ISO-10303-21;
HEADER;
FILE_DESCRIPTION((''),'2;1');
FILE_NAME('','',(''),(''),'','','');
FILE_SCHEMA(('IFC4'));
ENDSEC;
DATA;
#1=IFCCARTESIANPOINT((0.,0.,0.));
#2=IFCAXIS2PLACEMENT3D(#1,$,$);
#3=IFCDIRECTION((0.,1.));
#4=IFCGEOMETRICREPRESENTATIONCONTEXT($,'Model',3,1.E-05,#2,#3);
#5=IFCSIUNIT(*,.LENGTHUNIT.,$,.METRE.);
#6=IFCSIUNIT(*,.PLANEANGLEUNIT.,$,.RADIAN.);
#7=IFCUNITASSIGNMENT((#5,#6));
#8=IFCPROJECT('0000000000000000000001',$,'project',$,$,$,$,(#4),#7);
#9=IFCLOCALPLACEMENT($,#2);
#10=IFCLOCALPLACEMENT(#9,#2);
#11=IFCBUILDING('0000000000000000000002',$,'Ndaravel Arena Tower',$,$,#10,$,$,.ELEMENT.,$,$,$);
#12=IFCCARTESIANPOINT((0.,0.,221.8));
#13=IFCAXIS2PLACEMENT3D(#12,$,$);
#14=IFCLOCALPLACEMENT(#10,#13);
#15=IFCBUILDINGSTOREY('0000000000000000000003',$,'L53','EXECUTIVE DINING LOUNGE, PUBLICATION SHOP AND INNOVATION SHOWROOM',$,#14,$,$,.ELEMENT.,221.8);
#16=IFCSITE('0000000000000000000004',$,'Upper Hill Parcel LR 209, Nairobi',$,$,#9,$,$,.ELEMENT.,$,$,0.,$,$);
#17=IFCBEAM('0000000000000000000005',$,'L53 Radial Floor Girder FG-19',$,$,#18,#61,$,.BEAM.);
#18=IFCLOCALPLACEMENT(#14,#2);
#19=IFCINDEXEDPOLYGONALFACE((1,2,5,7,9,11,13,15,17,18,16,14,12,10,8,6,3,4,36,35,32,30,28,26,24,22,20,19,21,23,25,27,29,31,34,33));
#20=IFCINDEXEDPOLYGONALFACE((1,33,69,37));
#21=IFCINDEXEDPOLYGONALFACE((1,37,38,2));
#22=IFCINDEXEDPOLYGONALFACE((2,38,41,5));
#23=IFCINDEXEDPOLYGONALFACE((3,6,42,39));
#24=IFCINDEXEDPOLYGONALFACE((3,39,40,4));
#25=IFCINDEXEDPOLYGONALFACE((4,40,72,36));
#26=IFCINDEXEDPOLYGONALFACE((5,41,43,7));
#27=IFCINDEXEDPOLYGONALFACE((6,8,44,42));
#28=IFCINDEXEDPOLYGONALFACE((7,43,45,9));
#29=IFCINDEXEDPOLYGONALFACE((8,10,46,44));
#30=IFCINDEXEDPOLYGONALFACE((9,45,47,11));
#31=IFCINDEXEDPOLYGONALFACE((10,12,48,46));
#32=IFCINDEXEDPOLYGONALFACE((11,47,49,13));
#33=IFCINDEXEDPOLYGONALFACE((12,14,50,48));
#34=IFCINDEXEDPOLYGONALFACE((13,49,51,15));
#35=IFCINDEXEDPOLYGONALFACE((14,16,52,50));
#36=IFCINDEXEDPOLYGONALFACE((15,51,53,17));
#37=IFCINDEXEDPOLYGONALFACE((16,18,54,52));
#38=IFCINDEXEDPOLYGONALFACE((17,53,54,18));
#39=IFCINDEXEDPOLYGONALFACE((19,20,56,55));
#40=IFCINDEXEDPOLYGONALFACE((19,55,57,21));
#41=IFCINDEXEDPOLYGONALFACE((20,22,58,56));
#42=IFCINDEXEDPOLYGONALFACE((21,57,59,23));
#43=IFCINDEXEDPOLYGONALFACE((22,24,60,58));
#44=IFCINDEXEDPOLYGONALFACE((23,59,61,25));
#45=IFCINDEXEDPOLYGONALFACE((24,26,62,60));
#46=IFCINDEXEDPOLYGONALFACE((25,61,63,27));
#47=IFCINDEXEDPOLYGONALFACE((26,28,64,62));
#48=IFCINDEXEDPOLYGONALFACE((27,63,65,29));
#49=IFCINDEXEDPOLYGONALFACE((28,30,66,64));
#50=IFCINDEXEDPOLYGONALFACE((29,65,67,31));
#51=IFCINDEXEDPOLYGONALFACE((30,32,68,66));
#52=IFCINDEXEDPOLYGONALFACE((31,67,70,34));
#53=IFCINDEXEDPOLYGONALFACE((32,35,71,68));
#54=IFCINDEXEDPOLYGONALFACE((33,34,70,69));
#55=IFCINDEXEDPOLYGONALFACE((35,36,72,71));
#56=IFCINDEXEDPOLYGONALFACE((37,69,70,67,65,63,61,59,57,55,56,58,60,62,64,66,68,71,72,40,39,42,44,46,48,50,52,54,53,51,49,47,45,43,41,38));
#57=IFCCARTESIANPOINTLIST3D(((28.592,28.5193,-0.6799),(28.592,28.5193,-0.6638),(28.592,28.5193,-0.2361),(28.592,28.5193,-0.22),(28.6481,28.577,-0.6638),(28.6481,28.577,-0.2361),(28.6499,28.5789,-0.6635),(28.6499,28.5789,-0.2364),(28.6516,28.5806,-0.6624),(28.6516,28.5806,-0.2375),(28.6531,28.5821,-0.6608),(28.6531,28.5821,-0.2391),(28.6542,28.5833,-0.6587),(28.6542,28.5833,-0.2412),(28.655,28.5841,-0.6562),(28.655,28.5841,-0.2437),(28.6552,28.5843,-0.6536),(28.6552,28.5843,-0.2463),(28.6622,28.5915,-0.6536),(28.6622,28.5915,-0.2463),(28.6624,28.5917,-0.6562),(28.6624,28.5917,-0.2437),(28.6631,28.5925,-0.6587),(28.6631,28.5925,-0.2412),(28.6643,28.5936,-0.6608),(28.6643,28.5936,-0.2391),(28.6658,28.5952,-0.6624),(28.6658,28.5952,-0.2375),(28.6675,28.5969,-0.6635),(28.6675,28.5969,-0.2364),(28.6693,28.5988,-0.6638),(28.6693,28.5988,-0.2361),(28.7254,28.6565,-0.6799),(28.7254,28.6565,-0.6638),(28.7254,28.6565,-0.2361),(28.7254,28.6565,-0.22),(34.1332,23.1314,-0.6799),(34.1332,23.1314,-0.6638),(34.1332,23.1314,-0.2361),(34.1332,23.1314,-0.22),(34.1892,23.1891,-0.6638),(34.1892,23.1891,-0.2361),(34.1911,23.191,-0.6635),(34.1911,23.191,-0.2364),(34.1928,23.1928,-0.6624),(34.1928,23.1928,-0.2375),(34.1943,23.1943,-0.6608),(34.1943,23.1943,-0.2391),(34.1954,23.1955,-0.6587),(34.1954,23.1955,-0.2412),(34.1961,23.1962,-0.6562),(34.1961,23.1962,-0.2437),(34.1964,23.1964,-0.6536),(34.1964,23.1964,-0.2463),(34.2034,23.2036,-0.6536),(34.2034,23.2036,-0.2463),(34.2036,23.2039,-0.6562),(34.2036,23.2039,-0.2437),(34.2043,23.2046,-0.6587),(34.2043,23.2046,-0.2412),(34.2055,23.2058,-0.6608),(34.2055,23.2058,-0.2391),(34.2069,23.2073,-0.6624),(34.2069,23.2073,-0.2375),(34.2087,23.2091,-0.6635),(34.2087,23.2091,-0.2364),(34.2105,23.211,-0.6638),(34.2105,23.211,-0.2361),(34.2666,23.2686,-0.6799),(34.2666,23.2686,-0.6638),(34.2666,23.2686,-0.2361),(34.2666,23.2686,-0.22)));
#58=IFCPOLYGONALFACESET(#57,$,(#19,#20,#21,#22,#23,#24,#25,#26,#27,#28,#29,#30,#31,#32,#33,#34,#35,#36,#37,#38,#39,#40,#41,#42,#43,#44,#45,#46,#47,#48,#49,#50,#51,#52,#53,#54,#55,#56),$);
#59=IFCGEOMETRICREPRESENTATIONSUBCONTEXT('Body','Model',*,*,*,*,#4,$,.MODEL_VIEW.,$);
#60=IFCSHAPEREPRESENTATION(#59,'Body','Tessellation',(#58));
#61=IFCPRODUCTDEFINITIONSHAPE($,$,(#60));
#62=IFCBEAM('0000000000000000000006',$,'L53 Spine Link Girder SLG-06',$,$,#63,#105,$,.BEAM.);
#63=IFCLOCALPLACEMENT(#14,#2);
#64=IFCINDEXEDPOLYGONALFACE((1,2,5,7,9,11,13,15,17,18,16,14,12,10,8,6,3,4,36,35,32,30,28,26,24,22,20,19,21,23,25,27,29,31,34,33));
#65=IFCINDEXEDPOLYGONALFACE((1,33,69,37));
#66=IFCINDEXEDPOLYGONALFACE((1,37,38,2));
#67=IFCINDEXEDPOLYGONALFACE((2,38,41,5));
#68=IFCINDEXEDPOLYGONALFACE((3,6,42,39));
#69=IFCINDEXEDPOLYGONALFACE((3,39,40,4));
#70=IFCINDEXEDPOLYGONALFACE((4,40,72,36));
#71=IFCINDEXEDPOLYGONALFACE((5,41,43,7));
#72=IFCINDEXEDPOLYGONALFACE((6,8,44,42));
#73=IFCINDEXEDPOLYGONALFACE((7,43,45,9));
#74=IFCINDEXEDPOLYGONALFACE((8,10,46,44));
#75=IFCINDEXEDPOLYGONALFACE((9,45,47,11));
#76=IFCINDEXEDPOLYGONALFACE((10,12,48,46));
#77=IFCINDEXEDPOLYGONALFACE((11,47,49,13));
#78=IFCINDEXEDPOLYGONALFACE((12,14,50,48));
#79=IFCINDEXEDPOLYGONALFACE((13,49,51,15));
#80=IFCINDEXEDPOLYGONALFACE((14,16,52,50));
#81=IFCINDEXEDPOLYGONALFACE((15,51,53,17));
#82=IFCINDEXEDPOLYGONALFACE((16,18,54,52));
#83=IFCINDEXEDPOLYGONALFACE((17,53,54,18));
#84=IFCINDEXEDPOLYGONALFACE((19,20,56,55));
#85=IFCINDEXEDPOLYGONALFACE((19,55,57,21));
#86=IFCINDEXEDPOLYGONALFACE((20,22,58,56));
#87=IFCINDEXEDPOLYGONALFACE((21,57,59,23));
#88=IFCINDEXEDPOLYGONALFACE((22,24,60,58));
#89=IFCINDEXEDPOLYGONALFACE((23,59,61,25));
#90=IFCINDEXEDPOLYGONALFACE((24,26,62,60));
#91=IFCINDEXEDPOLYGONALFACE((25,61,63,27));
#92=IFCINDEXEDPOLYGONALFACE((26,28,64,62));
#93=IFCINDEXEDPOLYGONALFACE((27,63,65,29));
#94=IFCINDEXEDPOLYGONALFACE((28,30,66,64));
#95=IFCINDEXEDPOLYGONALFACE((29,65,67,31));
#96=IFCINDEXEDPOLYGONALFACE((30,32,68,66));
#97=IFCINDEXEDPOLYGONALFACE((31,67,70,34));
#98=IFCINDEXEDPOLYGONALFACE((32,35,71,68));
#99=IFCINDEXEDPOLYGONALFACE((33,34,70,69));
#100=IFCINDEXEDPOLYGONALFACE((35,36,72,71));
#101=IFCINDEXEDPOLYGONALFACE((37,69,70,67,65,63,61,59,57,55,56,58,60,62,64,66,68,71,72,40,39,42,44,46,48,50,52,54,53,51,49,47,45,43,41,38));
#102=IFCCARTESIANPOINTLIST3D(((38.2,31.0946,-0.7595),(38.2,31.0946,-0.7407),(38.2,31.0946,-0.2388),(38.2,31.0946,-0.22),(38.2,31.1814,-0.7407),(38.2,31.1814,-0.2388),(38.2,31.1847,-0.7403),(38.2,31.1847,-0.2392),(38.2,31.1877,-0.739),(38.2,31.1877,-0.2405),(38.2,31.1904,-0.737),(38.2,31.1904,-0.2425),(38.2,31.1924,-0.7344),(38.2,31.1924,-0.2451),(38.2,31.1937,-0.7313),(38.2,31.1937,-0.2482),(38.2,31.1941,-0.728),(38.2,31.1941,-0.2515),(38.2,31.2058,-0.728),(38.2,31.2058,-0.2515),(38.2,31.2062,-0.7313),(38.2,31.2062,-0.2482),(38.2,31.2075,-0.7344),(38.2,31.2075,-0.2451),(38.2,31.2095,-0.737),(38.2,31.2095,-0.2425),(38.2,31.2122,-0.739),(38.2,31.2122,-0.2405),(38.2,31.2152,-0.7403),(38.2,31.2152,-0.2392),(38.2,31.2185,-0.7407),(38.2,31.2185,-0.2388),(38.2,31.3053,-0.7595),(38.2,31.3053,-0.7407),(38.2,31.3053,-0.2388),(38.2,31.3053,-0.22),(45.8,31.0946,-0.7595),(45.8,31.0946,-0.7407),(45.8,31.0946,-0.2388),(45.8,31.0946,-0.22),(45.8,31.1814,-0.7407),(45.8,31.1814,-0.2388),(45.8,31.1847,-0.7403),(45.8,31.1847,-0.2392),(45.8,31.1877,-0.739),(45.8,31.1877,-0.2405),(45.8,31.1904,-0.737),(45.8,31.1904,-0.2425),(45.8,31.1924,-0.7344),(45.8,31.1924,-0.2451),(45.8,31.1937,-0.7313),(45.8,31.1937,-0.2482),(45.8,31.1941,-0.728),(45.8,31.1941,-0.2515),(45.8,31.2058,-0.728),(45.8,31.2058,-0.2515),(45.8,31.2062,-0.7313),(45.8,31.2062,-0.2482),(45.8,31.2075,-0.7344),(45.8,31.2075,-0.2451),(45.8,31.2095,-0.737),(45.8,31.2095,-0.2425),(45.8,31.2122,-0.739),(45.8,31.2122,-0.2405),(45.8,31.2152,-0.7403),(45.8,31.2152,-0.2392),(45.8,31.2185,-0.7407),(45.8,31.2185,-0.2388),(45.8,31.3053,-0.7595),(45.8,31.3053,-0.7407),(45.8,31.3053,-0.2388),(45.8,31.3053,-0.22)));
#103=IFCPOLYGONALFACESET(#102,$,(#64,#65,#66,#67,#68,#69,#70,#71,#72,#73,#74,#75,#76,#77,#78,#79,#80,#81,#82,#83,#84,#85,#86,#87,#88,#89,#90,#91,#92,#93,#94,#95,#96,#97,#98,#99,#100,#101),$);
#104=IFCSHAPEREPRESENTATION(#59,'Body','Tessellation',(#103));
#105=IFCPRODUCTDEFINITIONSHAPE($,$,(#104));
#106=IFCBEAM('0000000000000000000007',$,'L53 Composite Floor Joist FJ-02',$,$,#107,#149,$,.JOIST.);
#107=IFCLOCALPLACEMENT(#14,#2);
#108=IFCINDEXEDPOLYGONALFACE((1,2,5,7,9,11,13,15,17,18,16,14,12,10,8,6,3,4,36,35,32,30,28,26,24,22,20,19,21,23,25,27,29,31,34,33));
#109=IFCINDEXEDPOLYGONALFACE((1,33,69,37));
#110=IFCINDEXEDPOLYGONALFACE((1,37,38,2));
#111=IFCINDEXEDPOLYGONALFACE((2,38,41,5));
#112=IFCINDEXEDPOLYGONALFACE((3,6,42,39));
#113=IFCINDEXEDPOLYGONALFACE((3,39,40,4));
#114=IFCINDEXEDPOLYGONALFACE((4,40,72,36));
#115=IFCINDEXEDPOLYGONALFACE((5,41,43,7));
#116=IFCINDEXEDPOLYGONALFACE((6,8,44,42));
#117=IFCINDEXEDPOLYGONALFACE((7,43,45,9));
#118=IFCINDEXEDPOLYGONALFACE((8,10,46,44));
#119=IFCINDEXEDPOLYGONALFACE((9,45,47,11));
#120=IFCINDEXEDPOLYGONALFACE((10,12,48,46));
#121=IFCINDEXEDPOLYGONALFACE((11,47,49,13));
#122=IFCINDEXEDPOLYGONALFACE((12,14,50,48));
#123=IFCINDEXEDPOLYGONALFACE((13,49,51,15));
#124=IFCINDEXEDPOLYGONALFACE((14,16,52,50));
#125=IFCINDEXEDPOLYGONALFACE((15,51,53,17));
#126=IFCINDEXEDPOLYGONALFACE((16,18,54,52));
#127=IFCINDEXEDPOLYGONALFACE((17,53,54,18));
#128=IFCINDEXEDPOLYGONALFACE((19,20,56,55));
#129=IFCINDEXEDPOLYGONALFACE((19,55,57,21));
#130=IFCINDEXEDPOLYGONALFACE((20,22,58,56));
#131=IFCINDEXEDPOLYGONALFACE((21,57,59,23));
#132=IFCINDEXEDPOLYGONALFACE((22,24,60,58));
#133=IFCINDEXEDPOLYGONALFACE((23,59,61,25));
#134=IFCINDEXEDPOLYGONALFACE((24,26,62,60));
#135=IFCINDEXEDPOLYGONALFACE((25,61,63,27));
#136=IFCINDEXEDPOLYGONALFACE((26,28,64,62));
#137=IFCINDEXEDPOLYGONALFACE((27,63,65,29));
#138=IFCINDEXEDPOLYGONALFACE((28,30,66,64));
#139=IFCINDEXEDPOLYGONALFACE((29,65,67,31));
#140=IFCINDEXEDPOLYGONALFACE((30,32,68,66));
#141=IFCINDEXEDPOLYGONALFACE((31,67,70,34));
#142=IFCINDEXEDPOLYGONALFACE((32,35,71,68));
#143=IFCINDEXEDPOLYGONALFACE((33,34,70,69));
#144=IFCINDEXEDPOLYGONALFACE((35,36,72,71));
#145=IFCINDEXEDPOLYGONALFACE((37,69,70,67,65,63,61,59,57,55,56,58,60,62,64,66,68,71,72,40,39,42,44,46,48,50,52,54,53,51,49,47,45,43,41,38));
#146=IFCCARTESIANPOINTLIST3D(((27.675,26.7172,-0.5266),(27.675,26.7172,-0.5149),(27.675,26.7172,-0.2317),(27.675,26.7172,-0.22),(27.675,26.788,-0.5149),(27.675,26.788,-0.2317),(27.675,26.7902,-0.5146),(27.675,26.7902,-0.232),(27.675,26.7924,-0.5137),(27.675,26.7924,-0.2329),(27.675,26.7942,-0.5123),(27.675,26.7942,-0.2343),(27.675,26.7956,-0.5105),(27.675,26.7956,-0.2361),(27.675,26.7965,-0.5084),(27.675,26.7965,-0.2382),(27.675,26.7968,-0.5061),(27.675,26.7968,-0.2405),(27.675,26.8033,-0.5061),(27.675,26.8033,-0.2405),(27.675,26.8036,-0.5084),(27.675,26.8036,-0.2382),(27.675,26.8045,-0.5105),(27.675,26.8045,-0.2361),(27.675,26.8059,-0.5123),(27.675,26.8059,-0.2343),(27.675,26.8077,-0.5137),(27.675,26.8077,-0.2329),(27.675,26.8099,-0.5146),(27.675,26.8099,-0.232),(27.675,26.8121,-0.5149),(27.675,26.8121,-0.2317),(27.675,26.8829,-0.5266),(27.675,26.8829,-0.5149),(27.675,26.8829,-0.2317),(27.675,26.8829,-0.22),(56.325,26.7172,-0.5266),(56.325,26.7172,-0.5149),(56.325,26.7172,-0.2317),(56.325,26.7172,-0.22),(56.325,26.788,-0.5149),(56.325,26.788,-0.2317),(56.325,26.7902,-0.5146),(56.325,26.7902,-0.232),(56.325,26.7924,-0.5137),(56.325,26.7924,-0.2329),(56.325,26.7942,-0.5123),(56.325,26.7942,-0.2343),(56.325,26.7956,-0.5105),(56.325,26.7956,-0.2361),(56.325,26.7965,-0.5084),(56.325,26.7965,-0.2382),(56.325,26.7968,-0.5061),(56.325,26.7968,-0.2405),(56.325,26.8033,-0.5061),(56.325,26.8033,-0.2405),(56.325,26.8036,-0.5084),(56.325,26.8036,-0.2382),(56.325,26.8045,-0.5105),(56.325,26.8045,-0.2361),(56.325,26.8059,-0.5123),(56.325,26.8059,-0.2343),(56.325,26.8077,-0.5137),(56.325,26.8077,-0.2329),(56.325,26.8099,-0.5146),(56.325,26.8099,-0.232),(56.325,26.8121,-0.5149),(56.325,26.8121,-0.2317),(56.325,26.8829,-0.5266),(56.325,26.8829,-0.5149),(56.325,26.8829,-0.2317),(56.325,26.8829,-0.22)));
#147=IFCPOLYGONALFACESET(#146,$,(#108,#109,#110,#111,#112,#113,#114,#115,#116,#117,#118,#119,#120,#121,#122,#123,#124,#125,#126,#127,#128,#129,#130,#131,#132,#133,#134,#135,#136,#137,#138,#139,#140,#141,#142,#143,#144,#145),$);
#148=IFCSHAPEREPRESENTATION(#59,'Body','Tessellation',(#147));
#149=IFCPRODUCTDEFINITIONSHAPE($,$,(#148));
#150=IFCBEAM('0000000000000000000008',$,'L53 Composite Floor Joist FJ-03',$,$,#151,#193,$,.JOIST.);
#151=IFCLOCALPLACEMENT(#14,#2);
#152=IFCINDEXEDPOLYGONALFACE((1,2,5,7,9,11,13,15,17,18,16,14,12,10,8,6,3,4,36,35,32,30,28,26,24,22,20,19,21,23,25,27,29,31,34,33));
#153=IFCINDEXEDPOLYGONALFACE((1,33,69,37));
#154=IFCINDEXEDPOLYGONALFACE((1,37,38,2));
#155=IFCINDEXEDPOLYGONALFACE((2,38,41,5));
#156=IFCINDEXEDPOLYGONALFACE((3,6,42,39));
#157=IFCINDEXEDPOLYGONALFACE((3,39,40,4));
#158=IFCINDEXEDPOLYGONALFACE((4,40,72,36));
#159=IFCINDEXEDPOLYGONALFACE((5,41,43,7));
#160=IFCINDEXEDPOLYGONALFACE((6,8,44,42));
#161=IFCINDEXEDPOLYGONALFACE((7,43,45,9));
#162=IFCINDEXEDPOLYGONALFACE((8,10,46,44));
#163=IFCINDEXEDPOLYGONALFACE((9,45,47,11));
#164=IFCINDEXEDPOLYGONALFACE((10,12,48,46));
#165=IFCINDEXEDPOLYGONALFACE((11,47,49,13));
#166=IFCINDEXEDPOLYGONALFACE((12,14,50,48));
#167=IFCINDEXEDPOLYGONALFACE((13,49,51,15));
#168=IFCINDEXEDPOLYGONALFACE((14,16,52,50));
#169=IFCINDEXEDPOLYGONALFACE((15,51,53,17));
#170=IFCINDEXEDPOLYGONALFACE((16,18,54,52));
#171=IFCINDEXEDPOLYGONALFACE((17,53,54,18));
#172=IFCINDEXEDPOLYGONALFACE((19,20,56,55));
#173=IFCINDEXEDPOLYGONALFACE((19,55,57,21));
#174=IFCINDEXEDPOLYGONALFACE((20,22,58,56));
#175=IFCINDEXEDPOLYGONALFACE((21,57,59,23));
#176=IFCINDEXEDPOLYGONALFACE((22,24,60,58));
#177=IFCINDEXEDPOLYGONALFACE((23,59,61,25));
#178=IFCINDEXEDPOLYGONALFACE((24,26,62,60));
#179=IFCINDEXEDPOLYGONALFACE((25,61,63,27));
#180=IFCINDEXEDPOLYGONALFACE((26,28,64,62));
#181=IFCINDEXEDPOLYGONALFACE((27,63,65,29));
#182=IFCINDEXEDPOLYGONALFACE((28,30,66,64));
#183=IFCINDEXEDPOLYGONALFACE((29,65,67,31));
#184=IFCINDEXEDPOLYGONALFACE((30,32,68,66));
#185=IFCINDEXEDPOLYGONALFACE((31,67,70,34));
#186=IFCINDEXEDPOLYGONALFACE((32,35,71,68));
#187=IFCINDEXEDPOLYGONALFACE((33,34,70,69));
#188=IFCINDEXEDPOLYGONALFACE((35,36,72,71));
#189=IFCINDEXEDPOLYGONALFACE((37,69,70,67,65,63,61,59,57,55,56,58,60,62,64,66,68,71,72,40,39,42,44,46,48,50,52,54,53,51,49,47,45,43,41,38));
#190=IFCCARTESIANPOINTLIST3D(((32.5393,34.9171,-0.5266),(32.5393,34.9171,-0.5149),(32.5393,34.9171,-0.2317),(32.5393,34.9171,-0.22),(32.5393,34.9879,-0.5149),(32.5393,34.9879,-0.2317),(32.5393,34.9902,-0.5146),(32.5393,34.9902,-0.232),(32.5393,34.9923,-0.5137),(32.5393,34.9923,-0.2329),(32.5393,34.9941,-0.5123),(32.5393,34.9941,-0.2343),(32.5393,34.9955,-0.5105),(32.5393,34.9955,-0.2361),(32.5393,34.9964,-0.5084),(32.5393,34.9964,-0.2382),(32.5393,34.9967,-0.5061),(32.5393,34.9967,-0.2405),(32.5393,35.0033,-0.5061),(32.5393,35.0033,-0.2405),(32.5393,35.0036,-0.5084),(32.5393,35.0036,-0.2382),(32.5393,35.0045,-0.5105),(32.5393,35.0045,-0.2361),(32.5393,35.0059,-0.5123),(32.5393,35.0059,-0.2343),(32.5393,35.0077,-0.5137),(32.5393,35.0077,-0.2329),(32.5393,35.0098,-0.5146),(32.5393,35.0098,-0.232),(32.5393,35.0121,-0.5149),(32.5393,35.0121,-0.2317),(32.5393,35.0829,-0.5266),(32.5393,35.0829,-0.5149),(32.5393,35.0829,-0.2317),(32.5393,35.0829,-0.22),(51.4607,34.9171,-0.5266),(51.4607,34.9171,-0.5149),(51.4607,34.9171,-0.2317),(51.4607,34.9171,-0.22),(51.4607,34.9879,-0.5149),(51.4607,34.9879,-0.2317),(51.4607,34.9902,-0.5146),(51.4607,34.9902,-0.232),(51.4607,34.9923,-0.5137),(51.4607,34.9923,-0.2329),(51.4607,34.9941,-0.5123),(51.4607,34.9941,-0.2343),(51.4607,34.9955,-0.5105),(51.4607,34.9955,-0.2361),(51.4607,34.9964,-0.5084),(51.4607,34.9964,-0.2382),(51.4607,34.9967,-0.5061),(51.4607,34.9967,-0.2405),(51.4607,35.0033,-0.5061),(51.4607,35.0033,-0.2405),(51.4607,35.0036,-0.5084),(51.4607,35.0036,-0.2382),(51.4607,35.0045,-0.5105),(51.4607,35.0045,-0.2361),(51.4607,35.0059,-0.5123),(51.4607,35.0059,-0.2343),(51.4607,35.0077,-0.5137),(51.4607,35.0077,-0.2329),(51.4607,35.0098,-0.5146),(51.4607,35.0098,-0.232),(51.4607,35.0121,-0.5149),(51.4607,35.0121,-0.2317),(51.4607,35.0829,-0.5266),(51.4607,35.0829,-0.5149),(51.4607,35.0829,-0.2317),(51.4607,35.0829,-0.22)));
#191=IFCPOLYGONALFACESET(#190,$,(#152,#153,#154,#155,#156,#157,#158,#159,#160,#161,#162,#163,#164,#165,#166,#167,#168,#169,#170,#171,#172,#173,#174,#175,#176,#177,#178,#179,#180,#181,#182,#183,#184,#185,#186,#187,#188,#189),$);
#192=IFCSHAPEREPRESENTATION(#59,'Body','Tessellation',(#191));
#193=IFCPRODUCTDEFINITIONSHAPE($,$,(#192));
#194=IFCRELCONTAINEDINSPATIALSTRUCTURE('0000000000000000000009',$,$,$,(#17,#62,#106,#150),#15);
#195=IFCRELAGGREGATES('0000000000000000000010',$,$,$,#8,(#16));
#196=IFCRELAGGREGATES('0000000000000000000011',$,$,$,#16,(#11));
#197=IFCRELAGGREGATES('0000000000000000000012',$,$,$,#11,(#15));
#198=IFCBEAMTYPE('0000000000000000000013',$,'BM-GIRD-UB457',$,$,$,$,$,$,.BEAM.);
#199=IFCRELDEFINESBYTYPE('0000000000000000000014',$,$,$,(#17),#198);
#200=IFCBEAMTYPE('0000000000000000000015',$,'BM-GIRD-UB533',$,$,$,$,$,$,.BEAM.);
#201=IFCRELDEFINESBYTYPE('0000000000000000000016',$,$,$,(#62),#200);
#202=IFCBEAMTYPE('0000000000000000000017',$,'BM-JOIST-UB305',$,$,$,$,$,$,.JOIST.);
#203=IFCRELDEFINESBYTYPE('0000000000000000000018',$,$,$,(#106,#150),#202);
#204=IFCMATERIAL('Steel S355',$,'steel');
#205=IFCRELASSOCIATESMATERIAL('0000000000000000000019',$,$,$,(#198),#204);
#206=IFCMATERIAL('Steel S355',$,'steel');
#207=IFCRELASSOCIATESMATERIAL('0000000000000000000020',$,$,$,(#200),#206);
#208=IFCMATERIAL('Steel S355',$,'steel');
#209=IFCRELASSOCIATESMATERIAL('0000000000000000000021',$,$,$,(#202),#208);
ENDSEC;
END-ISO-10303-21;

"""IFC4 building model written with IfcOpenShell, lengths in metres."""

from ifc_helpers import new_model, si_unit, direction, frame, origin, origin_2d, place, context, subcontext, project, spatial, i_section, extrude, material, material_profile, profile_set, type_object, element, save


model = new_model("IFC4")

# Units and contexts
model_context = context("Model", 3, precision=1e-05, world=origin(), true_north=direction((0.0, 1.0)))
body_context = subcontext(model_context, "Body", "Model", "MODEL_VIEW")
ifc_project = project(units=[si_unit("LENGTHUNIT", "METRE"), si_unit("PLANEANGLEUNIT", "RADIAN")], contexts=[model_context])

# Site, building, storey
site_placement = place(None, origin())
site = spatial("IfcSite", under=ifc_project, at=site_placement, Name="Upper Hill Parcel LR 209, Nairobi", CompositionType="ELEMENT", RefElevation=0.0)
building_placement = place(site_placement, origin())
building = spatial("IfcBuilding", under=site, at=building_placement, Name="Ndaravel Arena Tower", CompositionType="ELEMENT")
storey_placement = place(building_placement, frame((0.0, 0.0, 221.8)))
storey = spatial("IfcBuildingStorey", under=building, at=storey_placement, Name="L53", Description="EXECUTIVE DINING LOUNGE, PUBLICATION SHOP AND INNOVATION SHOWROOM", CompositionType="ELEMENT", Elevation=221.8)

# Beams
ifc_material_1 = material(Name="Steel S355", Category="steel")
ifc_material_profile_1 = material_profile(ifc_material_1, i_section(OverallWidth=0.1914, OverallDepth=0.46, WebThickness=0.01, FlangeThickness=0.0161, FilletRadius=0.0103, at=origin_2d()), Name="UB 457x191x82")
ifc_profile_set_1 = profile_set([ifc_material_profile_1], Name="Steel S355")
beam_type_1 = type_object("IfcBeamType", Name="BM-GIRD-UB457", PredefinedType="BEAM", material=ifc_profile_set_1)
beam_1_placement = place(storey_placement, frame((28.6587, 28.5879, -0.45), z_axis=(0.716956, -0.697119, 0.0), x_axis=(0.697119, 0.716956, 0.0)))
element("IfcBeam", 1, at=beam_1_placement, inside=storey, type_object=beam_type_1, Name="L53 Radial Floor Girder FG-19", PredefinedType="BEAM", context=body_context, shape_type="SweptSolid", body=[
    extrude(i_section(OverallWidth=0.1914, OverallDepth=0.46, WebThickness=0.01, FlangeThickness=0.0161, FilletRadius=0.0103, at=origin_2d()), origin(), (0.0, 0.0, 1.0), 7.7288),
])
ifc_material_2 = material(Name="Steel S355", Category="steel")
ifc_material_profile_2 = material_profile(ifc_material_2, i_section(OverallWidth=0.2107, OverallDepth=0.5396, WebThickness=0.0117, FlangeThickness=0.0188, FilletRadius=0.0127, at=origin_2d()), Name="UB 533x210x109")
ifc_profile_set_2 = profile_set([ifc_material_profile_2], Name="Steel S355")
beam_type_2 = type_object("IfcBeamType", Name="BM-GIRD-UB533", PredefinedType="BEAM", material=ifc_profile_set_2)
beam_2_placement = place(storey_placement, frame((38.2, 31.2, -0.4897), z_axis=(1.0, 0.0, 0.0), x_axis=(0.0, 1.0, 0.0)))
element("IfcBeam", 2, at=beam_2_placement, inside=storey, type_object=beam_type_2, Name="L53 Spine Link Girder SLG-06", PredefinedType="BEAM", context=body_context, shape_type="SweptSolid", body=[
    extrude(i_section(OverallWidth=0.2107, OverallDepth=0.5396, WebThickness=0.0117, FlangeThickness=0.0188, FilletRadius=0.0127, at=origin_2d()), origin(), (0.0, 0.0, 1.0), 7.6001),
])
ifc_material_3 = material(Name="Steel S355", Category="steel")
ifc_material_profile_3 = material_profile(ifc_material_3, i_section(OverallWidth=0.1658, OverallDepth=0.3066, WebThickness=0.0066, FlangeThickness=0.0117, FilletRadius=0.0088, at=origin_2d()), Name="UB 305x165x46")
ifc_profile_set_3 = profile_set([ifc_material_profile_3], Name="Steel S355")
beam_type_3 = type_object("IfcBeamType", Name="BM-JOIST-UB305", PredefinedType="JOIST", material=ifc_profile_set_3)
beam_3_placement = place(storey_placement, frame((27.675, 26.8, -0.3733), z_axis=(1.0, 0.0, 0.0), x_axis=(0.0, 1.0, 0.0)))
element("IfcBeam", 3, at=beam_3_placement, inside=storey, type_object=beam_type_3, Name="L53 Composite Floor Joist FJ-02", PredefinedType="JOIST", context=body_context, shape_type="SweptSolid", body=[
    extrude(i_section(OverallWidth=0.1658, OverallDepth=0.3066, WebThickness=0.0066, FlangeThickness=0.0117, FilletRadius=0.0088, at=origin_2d()), origin(), (0.0, 0.0, 1.0), 28.6499),
])
beam_4_placement = place(storey_placement, frame((32.5393, 35.0, -0.3733), z_axis=(1.0, 0.0, 0.0), x_axis=(0.0, 1.0, 0.0)))
element("IfcBeam", 4, at=beam_4_placement, inside=storey, type_object=beam_type_3, Name="L53 Composite Floor Joist FJ-03", PredefinedType="JOIST", context=body_context, shape_type="SweptSolid", body=[
    extrude(i_section(OverallWidth=0.1658, OverallDepth=0.3066, WebThickness=0.0066, FlangeThickness=0.0117, FilletRadius=0.0088, at=origin_2d()), origin(), (0.0, 0.0, 1.0), 18.9214),
])

save(model, "model.ifc")
